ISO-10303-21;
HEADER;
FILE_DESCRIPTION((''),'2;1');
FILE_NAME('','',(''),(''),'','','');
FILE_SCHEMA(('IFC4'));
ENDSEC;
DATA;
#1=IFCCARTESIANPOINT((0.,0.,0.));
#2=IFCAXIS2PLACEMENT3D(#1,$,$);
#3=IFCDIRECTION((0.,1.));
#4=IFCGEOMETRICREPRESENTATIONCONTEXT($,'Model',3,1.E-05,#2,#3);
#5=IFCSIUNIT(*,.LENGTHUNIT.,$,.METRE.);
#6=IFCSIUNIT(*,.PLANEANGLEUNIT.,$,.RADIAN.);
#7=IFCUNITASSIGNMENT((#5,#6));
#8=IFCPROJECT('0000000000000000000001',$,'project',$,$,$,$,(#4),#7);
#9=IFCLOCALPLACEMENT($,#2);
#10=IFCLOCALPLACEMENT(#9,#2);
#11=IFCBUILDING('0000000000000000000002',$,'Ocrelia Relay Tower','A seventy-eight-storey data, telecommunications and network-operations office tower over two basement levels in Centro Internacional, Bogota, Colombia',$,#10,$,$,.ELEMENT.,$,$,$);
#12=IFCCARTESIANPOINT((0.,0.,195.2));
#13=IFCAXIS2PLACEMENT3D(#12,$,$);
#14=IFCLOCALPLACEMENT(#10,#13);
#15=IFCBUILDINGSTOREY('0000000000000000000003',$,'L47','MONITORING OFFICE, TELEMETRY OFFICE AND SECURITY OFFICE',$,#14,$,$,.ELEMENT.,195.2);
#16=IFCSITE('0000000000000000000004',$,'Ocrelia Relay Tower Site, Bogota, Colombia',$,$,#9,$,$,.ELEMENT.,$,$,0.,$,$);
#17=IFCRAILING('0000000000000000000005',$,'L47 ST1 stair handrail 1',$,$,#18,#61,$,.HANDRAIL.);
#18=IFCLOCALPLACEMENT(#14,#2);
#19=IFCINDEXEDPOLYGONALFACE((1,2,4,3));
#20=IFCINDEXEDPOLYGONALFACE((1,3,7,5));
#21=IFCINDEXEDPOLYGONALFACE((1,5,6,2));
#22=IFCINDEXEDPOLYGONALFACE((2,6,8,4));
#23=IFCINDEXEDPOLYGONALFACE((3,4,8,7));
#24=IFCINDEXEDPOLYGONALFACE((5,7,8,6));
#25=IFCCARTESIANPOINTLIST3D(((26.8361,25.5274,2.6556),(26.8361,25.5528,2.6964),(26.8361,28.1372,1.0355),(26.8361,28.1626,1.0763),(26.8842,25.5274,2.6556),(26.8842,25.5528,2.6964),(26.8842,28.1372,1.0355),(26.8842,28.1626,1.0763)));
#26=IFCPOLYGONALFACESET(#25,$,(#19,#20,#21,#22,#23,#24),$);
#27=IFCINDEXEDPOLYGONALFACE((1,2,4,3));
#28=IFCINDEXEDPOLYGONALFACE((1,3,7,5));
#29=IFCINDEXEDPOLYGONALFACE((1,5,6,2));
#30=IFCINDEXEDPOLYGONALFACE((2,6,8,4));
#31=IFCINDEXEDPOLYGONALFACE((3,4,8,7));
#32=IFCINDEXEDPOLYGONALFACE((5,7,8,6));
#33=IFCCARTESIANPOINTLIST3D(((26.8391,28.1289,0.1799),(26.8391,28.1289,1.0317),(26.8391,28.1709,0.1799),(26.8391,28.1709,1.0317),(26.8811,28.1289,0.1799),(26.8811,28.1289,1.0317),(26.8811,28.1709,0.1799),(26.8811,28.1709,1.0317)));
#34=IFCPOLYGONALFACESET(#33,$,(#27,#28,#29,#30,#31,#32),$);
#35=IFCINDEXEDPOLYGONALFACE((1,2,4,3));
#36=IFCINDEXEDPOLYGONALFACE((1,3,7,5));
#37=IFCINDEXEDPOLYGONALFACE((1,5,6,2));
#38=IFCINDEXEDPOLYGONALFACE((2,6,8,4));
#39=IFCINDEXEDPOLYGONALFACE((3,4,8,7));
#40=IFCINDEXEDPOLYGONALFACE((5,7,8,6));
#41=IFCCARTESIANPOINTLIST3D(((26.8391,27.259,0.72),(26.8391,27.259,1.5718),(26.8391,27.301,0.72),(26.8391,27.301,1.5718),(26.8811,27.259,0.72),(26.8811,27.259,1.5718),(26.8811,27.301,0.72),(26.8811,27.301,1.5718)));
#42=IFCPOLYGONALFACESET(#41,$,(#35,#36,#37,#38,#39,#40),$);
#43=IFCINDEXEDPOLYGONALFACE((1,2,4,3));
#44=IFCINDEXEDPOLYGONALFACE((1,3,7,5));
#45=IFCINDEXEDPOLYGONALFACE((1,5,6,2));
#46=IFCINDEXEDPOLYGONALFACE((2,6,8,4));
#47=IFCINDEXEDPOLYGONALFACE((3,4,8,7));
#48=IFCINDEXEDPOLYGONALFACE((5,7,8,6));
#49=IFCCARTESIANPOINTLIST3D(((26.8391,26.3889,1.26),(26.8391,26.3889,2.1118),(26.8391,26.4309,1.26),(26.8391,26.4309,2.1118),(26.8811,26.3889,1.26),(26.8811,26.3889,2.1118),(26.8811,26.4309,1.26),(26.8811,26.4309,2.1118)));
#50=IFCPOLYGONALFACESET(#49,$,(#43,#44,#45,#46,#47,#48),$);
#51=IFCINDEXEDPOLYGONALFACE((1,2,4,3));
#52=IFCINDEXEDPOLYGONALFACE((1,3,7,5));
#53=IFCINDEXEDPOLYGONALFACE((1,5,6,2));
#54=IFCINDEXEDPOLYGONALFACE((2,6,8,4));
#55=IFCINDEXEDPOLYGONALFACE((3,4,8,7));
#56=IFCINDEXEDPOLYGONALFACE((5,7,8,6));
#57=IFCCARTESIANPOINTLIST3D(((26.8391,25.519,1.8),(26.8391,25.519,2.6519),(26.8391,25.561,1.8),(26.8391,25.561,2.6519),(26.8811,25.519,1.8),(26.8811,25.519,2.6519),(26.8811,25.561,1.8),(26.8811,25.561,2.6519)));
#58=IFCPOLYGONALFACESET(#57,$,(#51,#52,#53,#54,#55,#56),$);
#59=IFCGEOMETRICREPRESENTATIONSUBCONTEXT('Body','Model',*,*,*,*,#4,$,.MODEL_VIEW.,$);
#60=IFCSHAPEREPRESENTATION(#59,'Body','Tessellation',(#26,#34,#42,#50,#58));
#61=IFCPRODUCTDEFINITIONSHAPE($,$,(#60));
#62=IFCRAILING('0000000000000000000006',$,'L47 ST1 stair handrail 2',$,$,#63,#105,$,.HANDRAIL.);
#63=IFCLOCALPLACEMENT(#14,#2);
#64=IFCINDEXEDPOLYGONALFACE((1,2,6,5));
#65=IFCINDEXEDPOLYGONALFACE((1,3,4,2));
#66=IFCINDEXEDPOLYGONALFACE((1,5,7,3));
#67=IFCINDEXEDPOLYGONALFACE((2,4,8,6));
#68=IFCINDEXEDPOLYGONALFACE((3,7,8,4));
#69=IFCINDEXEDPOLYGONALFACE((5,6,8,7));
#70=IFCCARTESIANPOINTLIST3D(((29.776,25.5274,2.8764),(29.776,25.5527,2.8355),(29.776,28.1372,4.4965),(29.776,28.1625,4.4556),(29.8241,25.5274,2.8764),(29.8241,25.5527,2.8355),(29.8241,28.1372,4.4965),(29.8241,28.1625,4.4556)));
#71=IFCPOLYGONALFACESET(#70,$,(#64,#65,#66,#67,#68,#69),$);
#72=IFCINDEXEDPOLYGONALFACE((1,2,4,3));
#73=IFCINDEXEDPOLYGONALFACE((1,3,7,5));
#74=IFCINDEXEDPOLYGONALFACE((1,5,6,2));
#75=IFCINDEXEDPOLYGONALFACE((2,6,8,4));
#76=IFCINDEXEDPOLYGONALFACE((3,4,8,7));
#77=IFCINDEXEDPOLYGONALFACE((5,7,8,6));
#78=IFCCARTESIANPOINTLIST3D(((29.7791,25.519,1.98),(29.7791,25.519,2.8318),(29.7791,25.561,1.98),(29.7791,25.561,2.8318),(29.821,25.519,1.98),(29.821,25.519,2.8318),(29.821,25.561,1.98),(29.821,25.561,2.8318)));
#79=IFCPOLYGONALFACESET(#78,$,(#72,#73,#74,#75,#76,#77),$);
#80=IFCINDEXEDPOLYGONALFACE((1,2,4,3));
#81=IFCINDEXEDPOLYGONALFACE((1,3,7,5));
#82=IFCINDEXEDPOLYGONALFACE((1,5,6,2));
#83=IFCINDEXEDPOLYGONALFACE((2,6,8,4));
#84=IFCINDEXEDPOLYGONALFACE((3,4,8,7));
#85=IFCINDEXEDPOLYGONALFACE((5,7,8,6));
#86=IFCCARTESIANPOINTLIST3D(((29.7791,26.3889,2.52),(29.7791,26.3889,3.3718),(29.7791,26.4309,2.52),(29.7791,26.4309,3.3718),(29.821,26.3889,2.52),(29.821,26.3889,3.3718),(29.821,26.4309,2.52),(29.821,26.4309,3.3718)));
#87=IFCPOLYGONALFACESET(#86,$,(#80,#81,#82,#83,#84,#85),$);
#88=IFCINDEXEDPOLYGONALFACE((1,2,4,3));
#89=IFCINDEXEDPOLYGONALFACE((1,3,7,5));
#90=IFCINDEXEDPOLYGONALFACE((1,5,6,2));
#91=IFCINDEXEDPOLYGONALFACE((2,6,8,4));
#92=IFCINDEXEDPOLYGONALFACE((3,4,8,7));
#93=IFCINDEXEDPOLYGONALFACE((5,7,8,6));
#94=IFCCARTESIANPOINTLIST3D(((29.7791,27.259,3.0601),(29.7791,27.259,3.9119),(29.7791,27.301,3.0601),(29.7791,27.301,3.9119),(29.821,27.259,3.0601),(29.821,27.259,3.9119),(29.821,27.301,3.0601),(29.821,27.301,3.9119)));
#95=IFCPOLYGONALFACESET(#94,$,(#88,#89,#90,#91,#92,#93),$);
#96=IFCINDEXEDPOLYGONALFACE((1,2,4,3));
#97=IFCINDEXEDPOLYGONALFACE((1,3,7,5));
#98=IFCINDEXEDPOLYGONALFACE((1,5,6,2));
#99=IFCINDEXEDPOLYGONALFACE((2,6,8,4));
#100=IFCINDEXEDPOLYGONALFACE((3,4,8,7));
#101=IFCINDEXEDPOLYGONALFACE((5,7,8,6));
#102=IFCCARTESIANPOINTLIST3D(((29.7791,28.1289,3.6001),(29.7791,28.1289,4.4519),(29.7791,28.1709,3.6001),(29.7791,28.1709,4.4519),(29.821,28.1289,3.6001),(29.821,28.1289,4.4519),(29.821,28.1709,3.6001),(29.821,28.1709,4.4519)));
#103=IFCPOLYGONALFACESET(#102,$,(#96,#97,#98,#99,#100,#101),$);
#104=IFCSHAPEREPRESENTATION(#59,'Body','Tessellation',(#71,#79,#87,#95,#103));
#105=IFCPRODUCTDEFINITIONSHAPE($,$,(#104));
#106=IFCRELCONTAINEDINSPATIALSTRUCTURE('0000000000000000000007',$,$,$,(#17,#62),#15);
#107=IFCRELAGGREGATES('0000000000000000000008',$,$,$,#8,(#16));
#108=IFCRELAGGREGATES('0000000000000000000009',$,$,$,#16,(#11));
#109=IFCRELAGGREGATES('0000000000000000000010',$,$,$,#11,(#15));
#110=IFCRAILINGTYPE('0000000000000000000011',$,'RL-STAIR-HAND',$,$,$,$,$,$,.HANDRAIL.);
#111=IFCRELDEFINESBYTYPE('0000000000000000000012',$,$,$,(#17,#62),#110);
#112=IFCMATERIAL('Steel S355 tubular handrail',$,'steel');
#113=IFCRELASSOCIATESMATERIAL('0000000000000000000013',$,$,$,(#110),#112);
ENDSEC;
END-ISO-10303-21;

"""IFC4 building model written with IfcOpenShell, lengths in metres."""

from ifc_helpers import new_model, si_unit, direction, frame, origin, origin_2d, place, context, subcontext, project, spatial, rectangle, extrude, material, type_object, element, save


model = new_model("IFC4")

# Units and contexts
model_context = context("Model", 3, precision=1e-05, world=origin(), true_north=direction((0.0, 1.0)))
body_context = subcontext(model_context, "Body", "Model", "MODEL_VIEW")
ifc_project = project(units=[si_unit("LENGTHUNIT", "METRE"), si_unit("PLANEANGLEUNIT", "RADIAN")], contexts=[model_context])

# Site, building, storey
site_placement = place(None, origin())
site = spatial("IfcSite", under=ifc_project, at=site_placement, Name="Ocrelia Relay Tower Site, Bogota, Colombia", CompositionType="ELEMENT", RefElevation=0.0)
building_placement = place(site_placement, origin())
building = spatial("IfcBuilding", under=site, at=building_placement, Name="Ocrelia Relay Tower", Description="A seventy-eight-storey data, telecommunications and network-operations office tower over two basement levels in Centro Internacional, Bogota, Colombia", CompositionType="ELEMENT")
storey_placement = place(building_placement, frame((0.0, 0.0, 195.2)))
storey = spatial("IfcBuildingStorey", under=building, at=storey_placement, Name="L47", Description="MONITORING OFFICE, TELEMETRY OFFICE AND SECURITY OFFICE", CompositionType="ELEMENT", Elevation=195.2)

# Railings
ifc_material_1 = material(Name="Steel S355 tubular handrail", Category="steel")
railing_type_1 = type_object("IfcRailingType", Name="RL-STAIR-HAND", PredefinedType="HANDRAIL", material=ifc_material_1)
railing_1_placement = place(storey_placement, frame((26.8601, 28.1499, 0.1799)))
element("IfcRailing", 1, at=railing_1_placement, inside=storey, type_object=railing_type_1, Name="L47 ST1 stair handrail 1", PredefinedType="HANDRAIL", context=body_context, shape_type="SweptSolid", body=[
    extrude(rectangle(XDim=0.0481, YDim=0.0481, at=origin_2d()), frame((0.0, 0.0, 0.876), z_axis=(0.0, -0.849611, 0.52741), x_axis=(1.0, 0.0, 0.0)), (0.0, 0.0, 1.0), 3.0718),
    extrude(rectangle(XDim=0.042, YDim=0.042, at=origin_2d()), origin(), (0.0, 0.0, 1.0), 0.8518),
    extrude(rectangle(XDim=0.042, YDim=0.042, at=origin_2d()), frame((0.0, -0.8699, 0.54)), (0.0, 0.0, 1.0), 0.8518),
    extrude(rectangle(XDim=0.042, YDim=0.042, at=origin_2d()), frame((0.0, -1.74, 1.0801)), (0.0, 0.0, 1.0), 0.8518),
    extrude(rectangle(XDim=0.042, YDim=0.042, at=origin_2d()), frame((0.0, -2.6099, 1.6201)), (0.0, 0.0, 1.0), 0.8518),
])
railing_2_placement = place(storey_placement, frame((29.8, 25.54, 1.98)))
element("IfcRailing", 2, at=railing_2_placement, inside=storey, type_object=railing_type_1, Name="L47 ST1 stair handrail 2", PredefinedType="HANDRAIL", context=body_context, shape_type="SweptSolid", body=[
    extrude(rectangle(XDim=0.0481, YDim=0.0481, at=origin_2d()), frame((0.0, 0.0, 0.876), z_axis=(0.0, 0.849611, 0.52741), x_axis=(-1.0, 0.0, 0.0)), (0.0, 0.0, 1.0), 3.0718),
    extrude(rectangle(XDim=0.042, YDim=0.042, at=origin_2d()), origin(), (0.0, 0.0, 1.0), 0.8518),
    extrude(rectangle(XDim=0.042, YDim=0.042, at=origin_2d()), frame((0.0, 0.8699, 0.54)), (0.0, 0.0, 1.0), 0.8518),
    extrude(rectangle(XDim=0.042, YDim=0.042, at=origin_2d()), frame((0.0, 1.74, 1.0801)), (0.0, 0.0, 1.0), 0.8518),
    extrude(rectangle(XDim=0.042, YDim=0.042, at=origin_2d()), frame((0.0, 2.6099, 1.6201)), (0.0, 0.0, 1.0), 0.8518),
])

save(model, "model.ifc")
